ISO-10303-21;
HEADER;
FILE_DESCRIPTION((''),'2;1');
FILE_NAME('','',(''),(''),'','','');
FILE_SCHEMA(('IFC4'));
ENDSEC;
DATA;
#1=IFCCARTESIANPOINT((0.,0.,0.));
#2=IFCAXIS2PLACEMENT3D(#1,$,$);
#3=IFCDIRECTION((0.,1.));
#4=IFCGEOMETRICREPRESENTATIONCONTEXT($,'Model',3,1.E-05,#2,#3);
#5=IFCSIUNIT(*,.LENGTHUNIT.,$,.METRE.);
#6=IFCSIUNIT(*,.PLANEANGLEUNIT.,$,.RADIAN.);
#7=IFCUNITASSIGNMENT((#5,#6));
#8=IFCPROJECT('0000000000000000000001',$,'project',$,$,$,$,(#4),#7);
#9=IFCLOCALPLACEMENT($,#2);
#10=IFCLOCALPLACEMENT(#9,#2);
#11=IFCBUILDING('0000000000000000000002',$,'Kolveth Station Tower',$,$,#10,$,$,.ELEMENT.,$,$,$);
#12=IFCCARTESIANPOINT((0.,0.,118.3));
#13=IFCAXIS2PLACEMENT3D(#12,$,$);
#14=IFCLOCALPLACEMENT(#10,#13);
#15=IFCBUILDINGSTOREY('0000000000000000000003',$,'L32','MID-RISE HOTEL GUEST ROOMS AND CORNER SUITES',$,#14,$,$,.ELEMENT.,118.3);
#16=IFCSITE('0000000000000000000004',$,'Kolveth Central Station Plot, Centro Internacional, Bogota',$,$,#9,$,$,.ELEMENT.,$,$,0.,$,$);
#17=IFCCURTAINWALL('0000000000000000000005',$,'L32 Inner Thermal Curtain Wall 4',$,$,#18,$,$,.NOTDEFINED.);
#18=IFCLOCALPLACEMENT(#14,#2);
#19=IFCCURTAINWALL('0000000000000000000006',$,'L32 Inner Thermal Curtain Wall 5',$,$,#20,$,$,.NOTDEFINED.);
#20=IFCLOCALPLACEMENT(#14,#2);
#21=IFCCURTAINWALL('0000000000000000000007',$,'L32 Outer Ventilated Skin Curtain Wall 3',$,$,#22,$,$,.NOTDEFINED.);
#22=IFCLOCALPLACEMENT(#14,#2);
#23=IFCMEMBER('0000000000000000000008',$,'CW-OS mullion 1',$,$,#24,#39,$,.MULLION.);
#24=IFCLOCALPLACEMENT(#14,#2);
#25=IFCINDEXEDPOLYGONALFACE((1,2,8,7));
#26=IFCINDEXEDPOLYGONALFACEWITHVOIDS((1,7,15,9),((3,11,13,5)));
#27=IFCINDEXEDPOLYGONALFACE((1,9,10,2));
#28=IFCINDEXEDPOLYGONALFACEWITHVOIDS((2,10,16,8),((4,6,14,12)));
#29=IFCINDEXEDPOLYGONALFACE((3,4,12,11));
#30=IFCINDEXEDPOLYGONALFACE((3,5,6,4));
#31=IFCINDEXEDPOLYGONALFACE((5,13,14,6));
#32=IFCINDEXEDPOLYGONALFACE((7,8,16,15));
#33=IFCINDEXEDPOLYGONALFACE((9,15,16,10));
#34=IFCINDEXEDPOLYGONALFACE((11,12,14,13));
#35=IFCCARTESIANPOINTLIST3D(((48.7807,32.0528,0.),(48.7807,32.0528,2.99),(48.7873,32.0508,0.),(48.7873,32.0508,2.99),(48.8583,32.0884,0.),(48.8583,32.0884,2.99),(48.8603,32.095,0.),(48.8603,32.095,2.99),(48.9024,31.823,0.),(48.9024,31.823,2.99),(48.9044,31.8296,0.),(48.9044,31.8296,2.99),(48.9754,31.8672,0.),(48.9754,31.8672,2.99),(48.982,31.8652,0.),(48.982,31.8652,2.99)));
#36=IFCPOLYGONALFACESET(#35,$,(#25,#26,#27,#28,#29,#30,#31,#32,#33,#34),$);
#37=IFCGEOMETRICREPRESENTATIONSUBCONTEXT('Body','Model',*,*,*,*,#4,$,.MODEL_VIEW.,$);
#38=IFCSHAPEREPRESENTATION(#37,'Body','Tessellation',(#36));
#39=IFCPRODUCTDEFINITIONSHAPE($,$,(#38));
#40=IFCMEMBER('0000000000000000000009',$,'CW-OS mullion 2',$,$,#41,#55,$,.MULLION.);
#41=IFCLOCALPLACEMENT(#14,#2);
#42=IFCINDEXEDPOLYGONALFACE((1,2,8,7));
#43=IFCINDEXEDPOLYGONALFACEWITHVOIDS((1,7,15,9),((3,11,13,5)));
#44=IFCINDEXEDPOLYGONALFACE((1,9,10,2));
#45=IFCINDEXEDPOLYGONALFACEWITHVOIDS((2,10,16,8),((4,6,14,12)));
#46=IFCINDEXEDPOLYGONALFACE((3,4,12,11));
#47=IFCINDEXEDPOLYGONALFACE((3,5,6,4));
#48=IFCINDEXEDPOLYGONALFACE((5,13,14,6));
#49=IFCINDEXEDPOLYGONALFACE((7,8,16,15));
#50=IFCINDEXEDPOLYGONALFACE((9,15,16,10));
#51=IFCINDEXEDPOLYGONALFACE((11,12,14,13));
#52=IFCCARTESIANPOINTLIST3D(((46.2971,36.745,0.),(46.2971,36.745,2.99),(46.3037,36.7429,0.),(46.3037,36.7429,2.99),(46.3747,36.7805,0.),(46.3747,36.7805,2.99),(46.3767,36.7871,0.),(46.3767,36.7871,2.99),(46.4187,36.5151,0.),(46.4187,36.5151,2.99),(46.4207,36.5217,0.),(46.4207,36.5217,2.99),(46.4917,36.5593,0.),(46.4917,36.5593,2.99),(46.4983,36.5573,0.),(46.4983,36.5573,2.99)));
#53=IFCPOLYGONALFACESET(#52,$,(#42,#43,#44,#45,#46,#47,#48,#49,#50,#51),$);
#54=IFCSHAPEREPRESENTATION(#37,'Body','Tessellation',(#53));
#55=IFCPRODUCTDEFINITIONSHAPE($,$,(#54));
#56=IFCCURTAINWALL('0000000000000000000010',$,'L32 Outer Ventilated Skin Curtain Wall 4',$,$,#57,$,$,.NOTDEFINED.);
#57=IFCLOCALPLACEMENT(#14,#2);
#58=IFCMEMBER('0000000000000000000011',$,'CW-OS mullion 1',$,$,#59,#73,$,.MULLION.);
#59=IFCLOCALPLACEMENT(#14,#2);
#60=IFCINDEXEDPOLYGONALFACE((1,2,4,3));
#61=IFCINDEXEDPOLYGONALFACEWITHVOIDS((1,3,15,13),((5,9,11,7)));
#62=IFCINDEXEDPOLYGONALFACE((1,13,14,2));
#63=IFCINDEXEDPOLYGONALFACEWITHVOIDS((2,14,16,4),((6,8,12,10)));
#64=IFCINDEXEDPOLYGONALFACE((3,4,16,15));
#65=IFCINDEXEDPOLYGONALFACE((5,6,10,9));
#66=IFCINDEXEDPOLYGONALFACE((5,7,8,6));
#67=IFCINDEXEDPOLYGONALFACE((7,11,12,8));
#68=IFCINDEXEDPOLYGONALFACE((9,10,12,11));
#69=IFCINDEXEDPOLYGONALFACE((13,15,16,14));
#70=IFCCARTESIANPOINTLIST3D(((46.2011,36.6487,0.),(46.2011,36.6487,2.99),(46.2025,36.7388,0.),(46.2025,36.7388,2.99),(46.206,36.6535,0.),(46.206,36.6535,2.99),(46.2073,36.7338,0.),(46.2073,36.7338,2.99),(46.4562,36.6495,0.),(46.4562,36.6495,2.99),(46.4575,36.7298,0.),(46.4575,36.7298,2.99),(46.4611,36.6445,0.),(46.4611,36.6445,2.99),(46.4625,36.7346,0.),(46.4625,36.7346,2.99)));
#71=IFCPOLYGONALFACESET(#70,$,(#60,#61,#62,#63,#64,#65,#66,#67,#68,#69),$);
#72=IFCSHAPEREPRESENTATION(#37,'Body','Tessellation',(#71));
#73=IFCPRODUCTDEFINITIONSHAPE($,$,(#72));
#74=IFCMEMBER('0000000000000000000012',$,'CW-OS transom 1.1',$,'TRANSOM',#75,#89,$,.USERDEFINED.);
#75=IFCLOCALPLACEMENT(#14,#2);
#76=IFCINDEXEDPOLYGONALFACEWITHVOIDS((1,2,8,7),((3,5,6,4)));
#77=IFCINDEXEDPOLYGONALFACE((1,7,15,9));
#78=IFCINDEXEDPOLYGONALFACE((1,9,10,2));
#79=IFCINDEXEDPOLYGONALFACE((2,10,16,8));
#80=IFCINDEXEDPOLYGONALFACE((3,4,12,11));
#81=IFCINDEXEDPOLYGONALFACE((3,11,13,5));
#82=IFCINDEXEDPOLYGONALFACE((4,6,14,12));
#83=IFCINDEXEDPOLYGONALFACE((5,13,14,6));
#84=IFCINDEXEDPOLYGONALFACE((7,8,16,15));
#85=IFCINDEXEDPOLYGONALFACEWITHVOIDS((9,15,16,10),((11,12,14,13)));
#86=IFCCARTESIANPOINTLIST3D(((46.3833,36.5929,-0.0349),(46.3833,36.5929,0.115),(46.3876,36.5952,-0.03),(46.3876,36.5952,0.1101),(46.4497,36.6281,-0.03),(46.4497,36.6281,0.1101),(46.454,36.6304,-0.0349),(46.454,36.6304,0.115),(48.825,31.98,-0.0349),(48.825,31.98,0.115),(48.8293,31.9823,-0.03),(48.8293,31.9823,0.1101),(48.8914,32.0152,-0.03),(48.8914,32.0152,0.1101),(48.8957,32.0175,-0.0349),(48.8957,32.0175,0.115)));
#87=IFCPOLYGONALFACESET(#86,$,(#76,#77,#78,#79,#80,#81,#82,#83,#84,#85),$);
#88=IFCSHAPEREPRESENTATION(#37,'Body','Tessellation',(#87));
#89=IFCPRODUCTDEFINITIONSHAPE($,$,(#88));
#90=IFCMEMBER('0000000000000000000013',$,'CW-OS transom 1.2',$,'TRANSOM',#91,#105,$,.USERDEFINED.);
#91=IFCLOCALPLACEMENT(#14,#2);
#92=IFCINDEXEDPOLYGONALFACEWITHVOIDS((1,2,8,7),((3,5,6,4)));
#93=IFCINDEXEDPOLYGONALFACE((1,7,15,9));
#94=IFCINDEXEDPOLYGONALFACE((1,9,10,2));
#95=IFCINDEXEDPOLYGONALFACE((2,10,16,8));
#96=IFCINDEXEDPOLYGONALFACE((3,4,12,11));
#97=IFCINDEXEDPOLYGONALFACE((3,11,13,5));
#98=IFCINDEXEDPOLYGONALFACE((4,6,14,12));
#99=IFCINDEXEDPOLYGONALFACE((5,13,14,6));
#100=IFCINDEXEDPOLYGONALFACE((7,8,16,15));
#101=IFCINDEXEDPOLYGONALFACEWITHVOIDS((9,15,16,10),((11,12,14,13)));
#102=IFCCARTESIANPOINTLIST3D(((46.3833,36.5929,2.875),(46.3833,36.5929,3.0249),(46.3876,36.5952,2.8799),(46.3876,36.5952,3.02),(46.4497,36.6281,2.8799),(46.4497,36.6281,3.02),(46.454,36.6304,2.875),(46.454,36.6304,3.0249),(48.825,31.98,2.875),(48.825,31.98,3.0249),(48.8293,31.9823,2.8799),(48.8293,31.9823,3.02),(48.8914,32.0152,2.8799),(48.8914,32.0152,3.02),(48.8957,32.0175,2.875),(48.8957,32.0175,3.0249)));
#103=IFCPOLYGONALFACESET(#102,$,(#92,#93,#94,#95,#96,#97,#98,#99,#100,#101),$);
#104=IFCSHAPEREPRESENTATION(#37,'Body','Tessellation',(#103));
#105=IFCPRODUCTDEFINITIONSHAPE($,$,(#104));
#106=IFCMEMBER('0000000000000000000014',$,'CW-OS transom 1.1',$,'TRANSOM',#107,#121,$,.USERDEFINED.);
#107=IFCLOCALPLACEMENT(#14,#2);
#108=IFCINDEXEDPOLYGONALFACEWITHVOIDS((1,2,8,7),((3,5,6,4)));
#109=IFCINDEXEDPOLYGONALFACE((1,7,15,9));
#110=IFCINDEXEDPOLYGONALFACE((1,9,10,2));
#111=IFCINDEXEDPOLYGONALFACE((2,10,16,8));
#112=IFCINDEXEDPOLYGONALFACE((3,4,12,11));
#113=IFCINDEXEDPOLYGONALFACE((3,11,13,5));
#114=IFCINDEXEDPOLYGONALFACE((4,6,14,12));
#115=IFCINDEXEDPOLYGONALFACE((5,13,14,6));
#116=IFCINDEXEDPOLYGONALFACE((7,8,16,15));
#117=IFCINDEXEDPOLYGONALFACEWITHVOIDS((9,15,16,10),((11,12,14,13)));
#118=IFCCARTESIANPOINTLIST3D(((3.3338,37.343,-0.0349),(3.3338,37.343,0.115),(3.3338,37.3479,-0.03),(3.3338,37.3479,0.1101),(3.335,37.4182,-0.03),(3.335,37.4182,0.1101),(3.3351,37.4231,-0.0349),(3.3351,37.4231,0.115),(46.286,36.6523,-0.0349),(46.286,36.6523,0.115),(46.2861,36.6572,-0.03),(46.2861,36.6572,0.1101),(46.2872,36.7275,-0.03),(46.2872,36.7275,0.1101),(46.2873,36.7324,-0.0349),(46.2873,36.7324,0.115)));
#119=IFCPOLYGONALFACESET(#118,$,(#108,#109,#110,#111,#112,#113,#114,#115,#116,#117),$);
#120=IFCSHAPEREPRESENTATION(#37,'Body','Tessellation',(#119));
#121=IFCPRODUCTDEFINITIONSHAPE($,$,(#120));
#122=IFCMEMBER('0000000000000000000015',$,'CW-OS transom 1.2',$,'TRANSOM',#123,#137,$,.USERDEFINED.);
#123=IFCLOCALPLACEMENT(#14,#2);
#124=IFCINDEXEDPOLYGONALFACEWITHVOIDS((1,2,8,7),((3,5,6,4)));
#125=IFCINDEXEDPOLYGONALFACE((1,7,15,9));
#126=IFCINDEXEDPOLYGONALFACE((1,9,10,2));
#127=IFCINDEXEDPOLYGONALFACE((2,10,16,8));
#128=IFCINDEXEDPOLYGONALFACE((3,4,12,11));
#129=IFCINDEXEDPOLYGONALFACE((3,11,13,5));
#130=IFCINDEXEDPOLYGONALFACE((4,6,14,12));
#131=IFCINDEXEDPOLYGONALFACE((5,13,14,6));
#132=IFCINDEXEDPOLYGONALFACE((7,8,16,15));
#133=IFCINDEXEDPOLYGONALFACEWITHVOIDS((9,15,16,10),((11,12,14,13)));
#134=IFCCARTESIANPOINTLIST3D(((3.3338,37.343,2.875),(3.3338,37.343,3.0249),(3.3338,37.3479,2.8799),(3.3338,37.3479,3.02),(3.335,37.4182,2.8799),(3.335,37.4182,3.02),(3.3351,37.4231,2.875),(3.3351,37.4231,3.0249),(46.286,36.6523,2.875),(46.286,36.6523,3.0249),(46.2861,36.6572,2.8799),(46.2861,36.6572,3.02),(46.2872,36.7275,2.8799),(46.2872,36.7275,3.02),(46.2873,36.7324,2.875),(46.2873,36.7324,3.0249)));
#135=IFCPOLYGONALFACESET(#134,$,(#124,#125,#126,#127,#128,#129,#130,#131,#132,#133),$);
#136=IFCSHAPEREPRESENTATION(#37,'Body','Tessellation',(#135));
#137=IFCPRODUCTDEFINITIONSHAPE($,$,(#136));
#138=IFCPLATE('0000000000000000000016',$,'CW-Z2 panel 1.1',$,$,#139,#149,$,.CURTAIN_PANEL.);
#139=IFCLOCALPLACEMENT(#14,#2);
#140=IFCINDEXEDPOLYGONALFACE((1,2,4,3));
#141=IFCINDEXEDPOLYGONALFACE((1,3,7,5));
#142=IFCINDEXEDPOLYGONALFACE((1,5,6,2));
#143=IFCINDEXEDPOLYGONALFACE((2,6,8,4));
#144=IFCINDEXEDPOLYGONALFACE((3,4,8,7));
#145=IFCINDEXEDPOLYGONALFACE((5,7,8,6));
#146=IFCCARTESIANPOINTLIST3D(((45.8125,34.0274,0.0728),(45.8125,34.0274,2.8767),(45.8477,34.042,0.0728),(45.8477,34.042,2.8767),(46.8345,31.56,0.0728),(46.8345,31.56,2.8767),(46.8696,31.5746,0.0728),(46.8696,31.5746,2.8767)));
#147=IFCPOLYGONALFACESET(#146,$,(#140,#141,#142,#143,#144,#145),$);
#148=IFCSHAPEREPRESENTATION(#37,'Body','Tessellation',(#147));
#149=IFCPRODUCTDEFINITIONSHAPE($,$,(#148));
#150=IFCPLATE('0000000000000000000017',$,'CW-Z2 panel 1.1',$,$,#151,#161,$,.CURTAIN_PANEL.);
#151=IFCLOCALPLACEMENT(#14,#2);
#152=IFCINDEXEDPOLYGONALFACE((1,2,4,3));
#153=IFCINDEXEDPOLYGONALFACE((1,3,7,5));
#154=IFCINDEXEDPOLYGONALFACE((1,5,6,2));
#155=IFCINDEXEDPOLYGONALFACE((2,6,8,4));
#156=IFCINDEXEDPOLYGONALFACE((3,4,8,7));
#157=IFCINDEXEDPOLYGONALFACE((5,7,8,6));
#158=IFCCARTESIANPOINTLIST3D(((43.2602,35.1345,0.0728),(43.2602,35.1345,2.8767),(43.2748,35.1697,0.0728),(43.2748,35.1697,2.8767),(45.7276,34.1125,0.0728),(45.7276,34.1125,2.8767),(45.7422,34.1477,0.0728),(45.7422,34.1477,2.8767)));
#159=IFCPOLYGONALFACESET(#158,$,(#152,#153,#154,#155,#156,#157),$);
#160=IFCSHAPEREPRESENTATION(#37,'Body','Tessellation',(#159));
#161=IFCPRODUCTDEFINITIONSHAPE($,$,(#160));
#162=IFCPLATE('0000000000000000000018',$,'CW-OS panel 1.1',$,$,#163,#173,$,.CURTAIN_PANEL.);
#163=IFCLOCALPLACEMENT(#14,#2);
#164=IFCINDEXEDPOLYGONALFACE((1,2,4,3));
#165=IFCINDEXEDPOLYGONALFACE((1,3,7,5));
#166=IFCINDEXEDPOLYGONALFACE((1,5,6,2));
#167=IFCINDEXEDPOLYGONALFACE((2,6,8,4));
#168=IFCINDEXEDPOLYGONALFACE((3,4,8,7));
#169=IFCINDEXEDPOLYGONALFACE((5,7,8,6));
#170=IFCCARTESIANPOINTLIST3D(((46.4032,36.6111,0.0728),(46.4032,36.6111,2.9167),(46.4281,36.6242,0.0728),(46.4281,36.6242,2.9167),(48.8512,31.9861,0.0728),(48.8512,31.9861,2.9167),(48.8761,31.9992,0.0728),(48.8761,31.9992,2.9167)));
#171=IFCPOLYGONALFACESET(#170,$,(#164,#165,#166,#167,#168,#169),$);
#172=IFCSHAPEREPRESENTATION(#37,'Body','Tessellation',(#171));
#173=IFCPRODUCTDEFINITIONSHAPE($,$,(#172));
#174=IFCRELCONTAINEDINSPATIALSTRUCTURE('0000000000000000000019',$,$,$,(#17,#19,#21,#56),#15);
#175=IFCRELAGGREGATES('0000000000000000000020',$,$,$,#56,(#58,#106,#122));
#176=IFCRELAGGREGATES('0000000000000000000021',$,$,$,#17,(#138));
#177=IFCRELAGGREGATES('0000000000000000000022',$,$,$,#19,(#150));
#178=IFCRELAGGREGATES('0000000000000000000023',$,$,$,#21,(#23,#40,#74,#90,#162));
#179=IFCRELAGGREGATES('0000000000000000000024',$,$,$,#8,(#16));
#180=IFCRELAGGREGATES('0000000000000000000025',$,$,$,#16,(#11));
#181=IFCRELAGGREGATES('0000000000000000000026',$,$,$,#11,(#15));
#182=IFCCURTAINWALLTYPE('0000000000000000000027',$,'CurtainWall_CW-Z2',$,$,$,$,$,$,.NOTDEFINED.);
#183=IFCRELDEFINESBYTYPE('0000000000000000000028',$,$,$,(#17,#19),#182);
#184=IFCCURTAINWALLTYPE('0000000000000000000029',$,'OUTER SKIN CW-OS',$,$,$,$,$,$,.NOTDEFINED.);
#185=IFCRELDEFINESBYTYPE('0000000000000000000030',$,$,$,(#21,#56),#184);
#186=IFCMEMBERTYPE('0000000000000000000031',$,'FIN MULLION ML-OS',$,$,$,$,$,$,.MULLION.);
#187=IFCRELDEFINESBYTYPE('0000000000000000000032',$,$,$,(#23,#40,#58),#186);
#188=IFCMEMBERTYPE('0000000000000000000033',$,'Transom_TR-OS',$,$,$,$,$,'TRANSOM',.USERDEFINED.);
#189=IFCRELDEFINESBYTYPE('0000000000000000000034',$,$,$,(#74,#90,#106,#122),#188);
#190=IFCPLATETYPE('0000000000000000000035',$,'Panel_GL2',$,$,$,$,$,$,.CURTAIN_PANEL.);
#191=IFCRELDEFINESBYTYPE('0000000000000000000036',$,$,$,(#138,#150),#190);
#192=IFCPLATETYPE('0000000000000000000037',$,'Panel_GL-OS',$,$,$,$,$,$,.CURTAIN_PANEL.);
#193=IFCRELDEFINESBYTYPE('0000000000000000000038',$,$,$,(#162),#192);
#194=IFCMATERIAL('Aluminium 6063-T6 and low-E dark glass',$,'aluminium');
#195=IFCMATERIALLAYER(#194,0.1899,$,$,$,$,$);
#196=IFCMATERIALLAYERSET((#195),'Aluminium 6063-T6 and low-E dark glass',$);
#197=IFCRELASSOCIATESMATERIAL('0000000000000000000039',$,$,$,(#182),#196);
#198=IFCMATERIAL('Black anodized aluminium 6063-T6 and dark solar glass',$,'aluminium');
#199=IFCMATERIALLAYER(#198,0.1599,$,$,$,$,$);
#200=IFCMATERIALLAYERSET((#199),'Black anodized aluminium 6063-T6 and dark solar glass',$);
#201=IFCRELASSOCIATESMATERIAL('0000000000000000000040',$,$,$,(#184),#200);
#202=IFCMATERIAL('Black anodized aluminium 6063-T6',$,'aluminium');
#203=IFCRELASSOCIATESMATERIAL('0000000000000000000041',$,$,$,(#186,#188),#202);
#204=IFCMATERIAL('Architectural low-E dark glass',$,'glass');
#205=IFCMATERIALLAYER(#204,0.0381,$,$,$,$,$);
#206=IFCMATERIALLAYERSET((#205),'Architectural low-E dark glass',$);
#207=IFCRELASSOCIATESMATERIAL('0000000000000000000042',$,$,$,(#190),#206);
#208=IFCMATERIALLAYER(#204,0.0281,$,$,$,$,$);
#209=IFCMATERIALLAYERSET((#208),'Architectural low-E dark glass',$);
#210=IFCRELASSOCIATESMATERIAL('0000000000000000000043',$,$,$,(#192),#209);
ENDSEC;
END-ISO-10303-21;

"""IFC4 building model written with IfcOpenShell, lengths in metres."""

from ifc_helpers import new_model, si_unit, direction, frame, origin, origin_2d, place, context, subcontext, project, spatial, rectangle, hollow_rectangle, extrude, source, transform, mapped, material, layer, layer_set, material_profile, profile_set, type_object, element, aggregate, save


model = new_model("IFC4")

# Units and contexts
model_context = context("Model", 3, precision=1e-05, world=origin(), true_north=direction((0.0, 1.0)))
body_context = subcontext(model_context, "Body", "Model", "MODEL_VIEW")
ifc_project = project(units=[si_unit("LENGTHUNIT", "METRE"), si_unit("PLANEANGLEUNIT", "RADIAN")], contexts=[model_context])

# Site, building, storey
site_placement = place(None, origin())
site = spatial("IfcSite", under=ifc_project, at=site_placement, Name="Kolveth Central Station Plot, Centro Internacional, Bogota", CompositionType="ELEMENT", RefElevation=0.0)
building_placement = place(site_placement, origin())
building = spatial("IfcBuilding", under=site, at=building_placement, Name="Kolveth Station Tower", CompositionType="ELEMENT")
storey_placement = place(building_placement, frame((0.0, 0.0, 118.3)))
storey = spatial("IfcBuildingStorey", under=building, at=storey_placement, Name="L32", Description="MID-RISE HOTEL GUEST ROOMS AND CORNER SUITES", CompositionType="ELEMENT", Elevation=118.3)

# Curtain wall
ifc_material_1 = material(Name="Aluminium 6063-T6 and low-E dark glass", Category="aluminium")
ifc_layer_1 = layer(ifc_material_1, 0.1899)
ifc_layer_set_1 = layer_set([ifc_layer_1], Name="Aluminium 6063-T6 and low-E dark glass")
curtain_wall_type_1 = type_object("IfcCurtainWallType", Name="CurtainWall_CW-Z2", PredefinedType="NOTDEFINED", material=ifc_layer_set_1)
curtain_wall_1_placement = place(storey_placement, origin())
curtain_wall_1 = element("IfcCurtainWall", 1, at=curtain_wall_1_placement, inside=storey, type_object=curtain_wall_type_1, Name="L32 Inner Thermal Curtain Wall 4", PredefinedType="NOTDEFINED")
ifc_material_2 = material(Name="Black anodized aluminium 6063-T6", Category="aluminium")

# Curtain wall
curtain_wall_2_placement = place(storey_placement, origin())
curtain_wall_2 = element("IfcCurtainWall", 2, at=curtain_wall_2_placement, inside=storey, type_object=curtain_wall_type_1, Name="L32 Inner Thermal Curtain Wall 5", PredefinedType="NOTDEFINED")

# Shared definitions
ifc_material_3 = material(Name="Black anodized aluminium 6063-T6 and dark solar glass", Category="aluminium")
ifc_layer_2 = layer(ifc_material_3, 0.1599)
ifc_layer_set_2 = layer_set([ifc_layer_2], Name="Black anodized aluminium 6063-T6 and dark solar glass")
curtain_wall_type_2 = type_object("IfcCurtainWallType", Name="OUTER SKIN CW-OS", PredefinedType="NOTDEFINED", material=ifc_layer_set_2)
ifc_material_profile_1 = material_profile(ifc_material_2, hollow_rectangle(XDim=0.0901, YDim=0.26, WallThickness=0.0049, at=origin_2d()), Name="ALU-90x260x5")
ifc_profile_set_1 = profile_set([ifc_material_profile_1], Name="Black anodized aluminium 6063-T6")
member_type_1 = type_object("IfcMemberType", Name="FIN MULLION ML-OS", PredefinedType="MULLION", material=ifc_profile_set_1)
shared_shape_1 = source(origin(), body_context, "Body", "SweptSolid", [
    extrude(hollow_rectangle(XDim=0.0901, YDim=0.26, WallThickness=0.0049, at=origin_2d()), origin(), (0.0, 0.0, 1.0), 2.99),
])

# Curtain wall, members
curtain_wall_3_placement = place(storey_placement, origin())
curtain_wall_3 = element("IfcCurtainWall", 3, at=curtain_wall_3_placement, inside=storey, type_object=curtain_wall_type_2, Name="L32 Outer Ventilated Skin Curtain Wall 3", PredefinedType="NOTDEFINED")
member_1_placement = place(storey_placement, frame((48.8813, 31.959, 0.0), z_axis=(0.0, 0.0, 1.0), x_axis=(-0.88383, -0.467809, 0.0)))
member_1 = element("IfcMember", 4, at=member_1_placement, type_object=member_type_1, Name="CW-OS mullion 1", PredefinedType="MULLION", context=body_context, shape_type="MappedRepresentation", body=[
    mapped(shared_shape_1, transform((0.0, 0.0, 0.0), x_axis=(1.0, 0.0, 0.0), y_axis=(0.0, 1.0, 0.0), z_axis=(0.0, 0.0, 1.0), scale=1.0)),
])
member_2_placement = place(storey_placement, frame((46.3977, 36.6511, 0.0), z_axis=(0.0, 0.0, 1.0), x_axis=(-0.88383, -0.467809, 0.0)))
member_2 = element("IfcMember", 5, at=member_2_placement, type_object=member_type_1, Name="CW-OS mullion 2", PredefinedType="MULLION", context=body_context, shape_type="MappedRepresentation", body=[
    mapped(shared_shape_1, transform((0.0, 0.0, 0.0), x_axis=(1.0, 0.0, 0.0), y_axis=(0.0, 1.0, 0.0), z_axis=(0.0, 0.0, 1.0), scale=1.0)),
])

# Curtain wall, member
curtain_wall_4_placement = place(storey_placement, origin())
curtain_wall_4 = element("IfcCurtainWall", 6, at=curtain_wall_4_placement, inside=storey, type_object=curtain_wall_type_2, Name="L32 Outer Ventilated Skin Curtain Wall 4", PredefinedType="NOTDEFINED")
member_3_placement = place(storey_placement, frame((46.3318, 36.6917, 0.0), z_axis=(0.0, 0.0, 1.0), x_axis=(-0.016076, -0.999871, 0.0)))
member_3 = element("IfcMember", 7, at=member_3_placement, type_object=member_type_1, Name="CW-OS mullion 1", PredefinedType="MULLION", context=body_context, shape_type="MappedRepresentation", body=[
    mapped(shared_shape_1, transform((0.0, 0.0, 0.0), x_axis=(1.0, 0.0, 0.0), y_axis=(0.0, 1.0, 0.0), z_axis=(0.0, 0.0, 1.0), scale=1.0)),
])

# Members
ifc_material_profile_2 = material_profile(ifc_material_2, hollow_rectangle(XDim=0.0801, YDim=0.1499, WallThickness=0.0049, at=origin_2d()), Name="ALU-80x150x5")
ifc_profile_set_2 = profile_set([ifc_material_profile_2], Name="Black anodized aluminium 6063-T6")
member_type_2 = type_object("IfcMemberType", Name="Transom_TR-OS", ElementType="TRANSOM", PredefinedType="USERDEFINED", material=ifc_profile_set_2)
shared_shape_2 = source(origin(), body_context, "Body", "SweptSolid", [
    extrude(hollow_rectangle(XDim=0.0801, YDim=0.1499, WallThickness=0.0049, at=origin_2d()), origin(), (0.0, 0.0, 1.0), 5.2192),
])
member_4_placement = place(storey_placement, frame((48.8604, 31.9988, 0.04), z_axis=(-0.467825, 0.883821, 0.0), x_axis=(-0.883821, -0.467825, 0.0)))
member_4 = element("IfcMember", 8, at=member_4_placement, type_object=member_type_2, Name="CW-OS transom 1.1", ObjectType="TRANSOM", PredefinedType="USERDEFINED", context=body_context, shape_type="MappedRepresentation", body=[
    mapped(shared_shape_2, transform((0.0, 0.0, 0.0), x_axis=(1.0, 0.0, 0.0), y_axis=(0.0, 1.0, 0.0), z_axis=(0.0, 0.0, 1.0), scale=1.0)),
])
member_5_placement = place(storey_placement, frame((48.8604, 31.9988, 2.95), z_axis=(-0.467825, 0.883821, 0.0), x_axis=(-0.883821, -0.467825, 0.0)))
member_5 = element("IfcMember", 9, at=member_5_placement, type_object=member_type_2, Name="CW-OS transom 1.2", ObjectType="TRANSOM", PredefinedType="USERDEFINED", context=body_context, shape_type="MappedRepresentation", body=[
    mapped(shared_shape_2, transform((0.0, 0.0, 0.0), x_axis=(1.0, 0.0, 0.0), y_axis=(0.0, 1.0, 0.0), z_axis=(0.0, 0.0, 1.0), scale=1.0)),
])
shared_shape_3 = source(origin(), body_context, "Body", "SweptSolid", [
    extrude(hollow_rectangle(XDim=0.0801, YDim=0.1499, WallThickness=0.0049, at=origin_2d()), origin(), (0.0, 0.0, 1.0), 42.9578),
])
member_6_placement = place(storey_placement, frame((46.2866, 36.6924, 0.04), z_axis=(-0.999871, 0.016078, 0.0), x_axis=(-0.016078, -0.999871, 0.0)))
member_6 = element("IfcMember", 10, at=member_6_placement, type_object=member_type_2, Name="CW-OS transom 1.1", ObjectType="TRANSOM", PredefinedType="USERDEFINED", context=body_context, shape_type="MappedRepresentation", body=[
    mapped(shared_shape_3, transform((0.0, 0.0, 0.0), x_axis=(1.0, 0.0, 0.0), y_axis=(0.0, 1.0, 0.0), z_axis=(0.0, 0.0, 1.0), scale=1.0)),
])
member_7_placement = place(storey_placement, frame((46.2866, 36.6924, 2.95), z_axis=(-0.999871, 0.016078, 0.0), x_axis=(-0.016078, -0.999871, 0.0)))
member_7 = element("IfcMember", 11, at=member_7_placement, type_object=member_type_2, Name="CW-OS transom 1.2", ObjectType="TRANSOM", PredefinedType="USERDEFINED", context=body_context, shape_type="MappedRepresentation", body=[
    mapped(shared_shape_3, transform((0.0, 0.0, 0.0), x_axis=(1.0, 0.0, 0.0), y_axis=(0.0, 1.0, 0.0), z_axis=(0.0, 0.0, 1.0), scale=1.0)),
])
aggregate(curtain_wall_4, [member_3, member_6, member_7])

# Plates
ifc_material_4 = material(Name="Architectural low-E dark glass", Category="glass")
ifc_layer_3 = layer(ifc_material_4, 0.0381)
ifc_layer_set_3 = layer_set([ifc_layer_3], Name="Architectural low-E dark glass")
plate_type_1 = type_object("IfcPlateType", Name="Panel_GL2", PredefinedType="CURTAIN_PANEL", material=ifc_layer_set_3)
shared_shape_4 = source(origin(), body_context, "Body", "SweptSolid", [
    extrude(rectangle(XDim=2.6707, YDim=0.0381, at=origin_2d()), origin(), (0.0, 0.0, 1.0), 2.804),
])
plate_1_placement = place(storey_placement, frame((46.3411, 32.801, 0.0728), z_axis=(0.0, 0.0, 1.0), x_axis=(-0.382663, 0.923888, 0.0)))
plate_1 = element("IfcPlate", 12, at=plate_1_placement, type_object=plate_type_1, Name="CW-Z2 panel 1.1", PredefinedType="CURTAIN_PANEL", context=body_context, shape_type="MappedRepresentation", body=[
    mapped(shared_shape_4, transform((0.0, 0.0, 0.0), x_axis=(1.0, 0.0, 0.0), y_axis=(0.0, 1.0, 0.0), z_axis=(0.0, 0.0, 1.0), scale=1.0)),
])
aggregate(curtain_wall_1, [plate_1])
plate_2_placement = place(storey_placement, frame((44.5012, 34.6411, 0.0728), z_axis=(0.0, 0.0, 1.0), x_axis=(-0.923888, 0.382663, 0.0)))
plate_2 = element("IfcPlate", 13, at=plate_2_placement, type_object=plate_type_1, Name="CW-Z2 panel 1.1", PredefinedType="CURTAIN_PANEL", context=body_context, shape_type="MappedRepresentation", body=[
    mapped(shared_shape_4, transform((0.0, 0.0, 0.0), x_axis=(1.0, 0.0, 0.0), y_axis=(0.0, 1.0, 0.0), z_axis=(0.0, 0.0, 1.0), scale=1.0)),
])
aggregate(curtain_wall_2, [plate_2])
ifc_layer_4 = layer(ifc_material_4, 0.0281)
ifc_layer_set_4 = layer_set([ifc_layer_4], Name="Architectural low-E dark glass")
plate_type_2 = type_object("IfcPlateType", Name="Panel_GL-OS", PredefinedType="CURTAIN_PANEL", material=ifc_layer_set_4)
shared_shape_5 = source(origin(), body_context, "Body", "SweptSolid", [
    extrude(rectangle(XDim=5.2329, YDim=0.0281, at=origin_2d()), origin(), (0.0, 0.0, 1.0), 2.844),
])
plate_3_placement = place(storey_placement, frame((47.6396, 34.3052, 0.0728), z_axis=(0.0, 0.0, 1.0), x_axis=(-0.467809, 0.88383, 0.0)))
plate_3 = element("IfcPlate", 14, at=plate_3_placement, type_object=plate_type_2, Name="CW-OS panel 1.1", PredefinedType="CURTAIN_PANEL", context=body_context, shape_type="MappedRepresentation", body=[
    mapped(shared_shape_5, transform((0.0, 0.0, 0.0), x_axis=(1.0, 0.0, 0.0), y_axis=(0.0, 1.0, 0.0), z_axis=(0.0, 0.0, 1.0), scale=1.0)),
])
aggregate(curtain_wall_3, [member_1, member_2, member_4, member_5, plate_3])

save(model, "model.ifc")
